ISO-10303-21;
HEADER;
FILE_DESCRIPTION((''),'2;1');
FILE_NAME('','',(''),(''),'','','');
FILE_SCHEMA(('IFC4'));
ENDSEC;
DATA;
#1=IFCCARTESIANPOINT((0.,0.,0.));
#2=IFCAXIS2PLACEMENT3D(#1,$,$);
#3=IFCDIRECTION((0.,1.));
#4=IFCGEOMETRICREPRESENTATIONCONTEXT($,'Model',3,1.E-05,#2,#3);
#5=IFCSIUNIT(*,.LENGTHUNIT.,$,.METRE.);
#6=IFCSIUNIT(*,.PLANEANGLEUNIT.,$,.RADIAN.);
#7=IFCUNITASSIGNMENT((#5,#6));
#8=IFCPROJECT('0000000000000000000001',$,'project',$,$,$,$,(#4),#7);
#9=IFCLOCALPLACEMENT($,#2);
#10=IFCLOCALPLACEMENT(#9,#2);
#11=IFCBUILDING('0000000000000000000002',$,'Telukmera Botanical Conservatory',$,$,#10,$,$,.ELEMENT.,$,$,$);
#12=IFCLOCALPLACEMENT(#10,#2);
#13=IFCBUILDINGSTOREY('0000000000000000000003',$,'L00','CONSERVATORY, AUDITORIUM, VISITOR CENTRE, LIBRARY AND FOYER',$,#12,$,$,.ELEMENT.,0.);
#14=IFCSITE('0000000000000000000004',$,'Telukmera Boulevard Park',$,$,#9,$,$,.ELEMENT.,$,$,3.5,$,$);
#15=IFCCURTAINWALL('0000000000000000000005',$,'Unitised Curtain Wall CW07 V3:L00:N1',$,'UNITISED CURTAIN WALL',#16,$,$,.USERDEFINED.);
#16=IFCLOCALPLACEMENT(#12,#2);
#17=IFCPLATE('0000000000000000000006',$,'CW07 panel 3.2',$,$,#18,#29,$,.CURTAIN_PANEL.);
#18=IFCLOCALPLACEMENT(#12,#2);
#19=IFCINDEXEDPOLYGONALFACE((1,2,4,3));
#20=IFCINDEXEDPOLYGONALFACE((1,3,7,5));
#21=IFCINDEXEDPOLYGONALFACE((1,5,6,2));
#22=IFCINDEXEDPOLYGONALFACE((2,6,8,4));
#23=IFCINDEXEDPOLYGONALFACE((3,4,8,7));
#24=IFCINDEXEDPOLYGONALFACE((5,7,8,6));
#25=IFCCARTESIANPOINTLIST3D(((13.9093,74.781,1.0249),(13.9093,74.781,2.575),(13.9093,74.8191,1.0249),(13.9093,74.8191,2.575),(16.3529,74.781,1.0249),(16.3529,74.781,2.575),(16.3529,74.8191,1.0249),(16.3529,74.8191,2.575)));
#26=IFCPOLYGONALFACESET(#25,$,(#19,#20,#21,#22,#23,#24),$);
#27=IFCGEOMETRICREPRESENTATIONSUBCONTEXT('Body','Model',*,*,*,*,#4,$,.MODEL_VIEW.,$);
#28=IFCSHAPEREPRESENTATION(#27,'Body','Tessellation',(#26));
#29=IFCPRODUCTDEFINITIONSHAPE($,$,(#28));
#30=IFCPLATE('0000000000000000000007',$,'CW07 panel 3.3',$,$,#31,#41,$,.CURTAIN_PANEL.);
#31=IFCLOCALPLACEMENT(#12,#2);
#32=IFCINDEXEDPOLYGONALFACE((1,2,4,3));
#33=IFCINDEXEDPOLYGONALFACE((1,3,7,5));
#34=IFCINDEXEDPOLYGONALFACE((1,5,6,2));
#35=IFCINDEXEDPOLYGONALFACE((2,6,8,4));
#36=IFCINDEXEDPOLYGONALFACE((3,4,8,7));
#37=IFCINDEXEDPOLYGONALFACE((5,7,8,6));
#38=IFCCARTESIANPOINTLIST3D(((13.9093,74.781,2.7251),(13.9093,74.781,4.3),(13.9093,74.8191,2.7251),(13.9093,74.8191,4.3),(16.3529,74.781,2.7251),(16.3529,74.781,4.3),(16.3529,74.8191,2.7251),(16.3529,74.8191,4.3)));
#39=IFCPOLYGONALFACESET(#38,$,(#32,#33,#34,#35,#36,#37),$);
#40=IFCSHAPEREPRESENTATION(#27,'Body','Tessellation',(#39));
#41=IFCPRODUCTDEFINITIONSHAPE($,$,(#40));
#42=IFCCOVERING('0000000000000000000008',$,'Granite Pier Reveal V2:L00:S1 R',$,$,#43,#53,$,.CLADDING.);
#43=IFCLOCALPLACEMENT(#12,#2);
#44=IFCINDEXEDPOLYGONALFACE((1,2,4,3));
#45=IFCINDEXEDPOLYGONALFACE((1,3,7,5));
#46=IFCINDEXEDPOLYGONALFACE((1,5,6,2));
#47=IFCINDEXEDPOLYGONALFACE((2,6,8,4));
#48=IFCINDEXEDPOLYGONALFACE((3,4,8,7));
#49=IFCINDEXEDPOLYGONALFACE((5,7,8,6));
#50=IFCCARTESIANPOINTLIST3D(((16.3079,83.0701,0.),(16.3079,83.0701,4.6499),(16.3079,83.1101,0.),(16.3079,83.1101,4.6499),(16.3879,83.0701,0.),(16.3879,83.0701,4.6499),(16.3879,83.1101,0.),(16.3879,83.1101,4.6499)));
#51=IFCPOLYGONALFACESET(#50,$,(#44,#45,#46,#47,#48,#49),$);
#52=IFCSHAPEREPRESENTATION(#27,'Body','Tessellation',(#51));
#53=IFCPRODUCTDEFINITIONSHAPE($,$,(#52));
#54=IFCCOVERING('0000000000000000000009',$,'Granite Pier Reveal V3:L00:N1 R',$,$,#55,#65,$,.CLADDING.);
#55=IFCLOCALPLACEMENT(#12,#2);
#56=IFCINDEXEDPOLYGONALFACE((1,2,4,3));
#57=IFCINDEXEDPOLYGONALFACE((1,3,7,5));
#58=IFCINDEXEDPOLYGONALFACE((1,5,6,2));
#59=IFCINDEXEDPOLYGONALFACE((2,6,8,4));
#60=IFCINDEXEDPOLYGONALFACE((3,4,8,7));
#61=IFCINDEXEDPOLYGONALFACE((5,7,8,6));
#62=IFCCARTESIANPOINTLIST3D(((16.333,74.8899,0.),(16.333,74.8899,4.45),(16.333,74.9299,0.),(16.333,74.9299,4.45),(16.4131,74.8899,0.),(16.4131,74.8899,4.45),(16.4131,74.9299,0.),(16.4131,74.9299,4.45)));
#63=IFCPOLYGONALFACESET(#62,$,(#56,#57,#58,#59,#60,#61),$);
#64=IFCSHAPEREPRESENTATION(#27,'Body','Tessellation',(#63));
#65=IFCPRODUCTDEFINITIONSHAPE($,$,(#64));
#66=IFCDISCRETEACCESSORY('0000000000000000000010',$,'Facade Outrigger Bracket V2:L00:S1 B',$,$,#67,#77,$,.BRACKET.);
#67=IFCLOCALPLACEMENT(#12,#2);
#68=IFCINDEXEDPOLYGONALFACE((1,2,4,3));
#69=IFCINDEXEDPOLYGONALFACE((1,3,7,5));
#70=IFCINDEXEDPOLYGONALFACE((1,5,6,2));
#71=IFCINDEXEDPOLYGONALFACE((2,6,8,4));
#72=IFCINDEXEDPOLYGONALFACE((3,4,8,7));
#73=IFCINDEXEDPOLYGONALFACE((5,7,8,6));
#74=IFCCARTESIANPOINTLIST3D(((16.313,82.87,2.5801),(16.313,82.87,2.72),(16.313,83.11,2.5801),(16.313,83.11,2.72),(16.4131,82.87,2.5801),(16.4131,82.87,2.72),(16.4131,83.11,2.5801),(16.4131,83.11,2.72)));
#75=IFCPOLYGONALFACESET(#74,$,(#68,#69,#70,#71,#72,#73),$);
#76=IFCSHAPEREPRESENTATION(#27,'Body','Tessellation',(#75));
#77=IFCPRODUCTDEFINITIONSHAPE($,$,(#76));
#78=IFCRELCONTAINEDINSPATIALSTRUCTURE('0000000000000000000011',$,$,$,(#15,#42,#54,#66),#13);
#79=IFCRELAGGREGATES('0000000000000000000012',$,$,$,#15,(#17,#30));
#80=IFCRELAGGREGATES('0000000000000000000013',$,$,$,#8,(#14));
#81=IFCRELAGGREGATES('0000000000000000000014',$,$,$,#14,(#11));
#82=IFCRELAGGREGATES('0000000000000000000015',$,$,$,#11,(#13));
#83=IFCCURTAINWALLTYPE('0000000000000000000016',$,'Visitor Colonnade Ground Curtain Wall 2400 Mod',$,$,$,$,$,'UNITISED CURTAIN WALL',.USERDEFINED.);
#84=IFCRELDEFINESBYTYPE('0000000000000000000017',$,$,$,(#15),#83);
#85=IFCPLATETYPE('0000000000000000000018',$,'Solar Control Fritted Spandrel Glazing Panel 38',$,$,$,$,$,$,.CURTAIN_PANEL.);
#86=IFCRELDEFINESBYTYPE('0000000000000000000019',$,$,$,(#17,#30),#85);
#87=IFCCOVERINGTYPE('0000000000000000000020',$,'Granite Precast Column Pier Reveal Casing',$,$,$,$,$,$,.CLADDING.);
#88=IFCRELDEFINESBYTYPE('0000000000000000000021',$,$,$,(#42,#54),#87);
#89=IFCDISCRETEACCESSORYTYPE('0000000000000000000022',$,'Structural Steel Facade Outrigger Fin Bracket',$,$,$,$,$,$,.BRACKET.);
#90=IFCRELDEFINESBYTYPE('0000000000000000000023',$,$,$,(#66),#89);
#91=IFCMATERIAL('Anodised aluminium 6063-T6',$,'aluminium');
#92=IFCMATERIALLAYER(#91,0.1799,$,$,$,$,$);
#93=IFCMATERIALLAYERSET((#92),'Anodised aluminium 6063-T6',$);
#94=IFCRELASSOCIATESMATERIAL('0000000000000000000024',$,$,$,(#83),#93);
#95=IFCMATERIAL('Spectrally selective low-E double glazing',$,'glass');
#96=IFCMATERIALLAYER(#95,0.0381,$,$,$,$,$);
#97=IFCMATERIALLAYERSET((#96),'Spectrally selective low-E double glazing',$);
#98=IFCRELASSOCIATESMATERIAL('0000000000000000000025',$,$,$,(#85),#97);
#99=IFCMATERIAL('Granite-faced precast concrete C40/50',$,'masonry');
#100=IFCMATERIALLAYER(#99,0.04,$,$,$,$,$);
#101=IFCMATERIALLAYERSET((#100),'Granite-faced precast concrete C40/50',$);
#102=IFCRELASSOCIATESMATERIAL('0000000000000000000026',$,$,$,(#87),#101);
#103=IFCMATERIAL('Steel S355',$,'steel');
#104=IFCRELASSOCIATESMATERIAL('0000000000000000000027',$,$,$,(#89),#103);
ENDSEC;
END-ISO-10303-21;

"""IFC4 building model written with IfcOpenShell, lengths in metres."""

from ifc_helpers import new_model, si_unit, direction, frame, origin, origin_2d, place, context, subcontext, project, spatial, rectangle, extrude, material, layer, layer_set, type_object, element, aggregate, save


model = new_model("IFC4")

# Units and contexts
model_context = context("Model", 3, precision=1e-05, world=origin(), true_north=direction((0.0, 1.0)))
body_context = subcontext(model_context, "Body", "Model", "MODEL_VIEW")
ifc_project = project(units=[si_unit("LENGTHUNIT", "METRE"), si_unit("PLANEANGLEUNIT", "RADIAN")], contexts=[model_context])

# Site, building, storey
site_placement = place(None, origin())
site = spatial("IfcSite", under=ifc_project, at=site_placement, Name="Telukmera Boulevard Park", CompositionType="ELEMENT", RefElevation=3.5)
building_placement = place(site_placement, origin())
building = spatial("IfcBuilding", under=site, at=building_placement, Name="Telukmera Botanical Conservatory", CompositionType="ELEMENT")
storey_placement = place(building_placement, origin())
storey = spatial("IfcBuildingStorey", under=building, at=storey_placement, Name="L00", Description="CONSERVATORY, AUDITORIUM, VISITOR CENTRE, LIBRARY AND FOYER", CompositionType="ELEMENT", Elevation=0.0)

# Curtain wall
ifc_material_1 = material(Name="Anodised aluminium 6063-T6", Category="aluminium")
ifc_layer_1 = layer(ifc_material_1, 0.1799)
ifc_layer_set_1 = layer_set([ifc_layer_1], Name="Anodised aluminium 6063-T6")
curtain_wall_type_1 = type_object("IfcCurtainWallType", Name="Visitor Colonnade Ground Curtain Wall 2400 Mod", ElementType="UNITISED CURTAIN WALL", PredefinedType="USERDEFINED", material=ifc_layer_set_1)
curtain_wall_1_placement = place(storey_placement, origin())
curtain_wall_1 = element("IfcCurtainWall", 1, at=curtain_wall_1_placement, inside=storey, type_object=curtain_wall_type_1, Name="Unitised Curtain Wall CW07 V3:L00:N1", ObjectType="UNITISED CURTAIN WALL", PredefinedType="USERDEFINED")

# Plates
ifc_material_2 = material(Name="Spectrally selective low-E double glazing", Category="glass")
ifc_layer_2 = layer(ifc_material_2, 0.0381)
ifc_layer_set_2 = layer_set([ifc_layer_2], Name="Spectrally selective low-E double glazing")
plate_type_1 = type_object("IfcPlateType", Name="Solar Control Fritted Spandrel Glazing Panel 38", PredefinedType="CURTAIN_PANEL", material=ifc_layer_set_2)
plate_1_placement = place(storey_placement, frame((15.1311, 74.8, 1.0249), z_axis=(0.0, 0.0, 1.0), x_axis=(1.0, 0.0, 0.0)))
plate_1 = element("IfcPlate", 2, at=plate_1_placement, type_object=plate_type_1, Name="CW07 panel 3.2", PredefinedType="CURTAIN_PANEL", context=body_context, shape_type="SweptSolid", body=[
    extrude(rectangle(XDim=2.4436, YDim=0.0381, at=origin_2d()), origin(), (0.0, 0.0, 1.0), 1.55),
])
plate_2_placement = place(storey_placement, frame((15.1311, 74.8, 2.7251), z_axis=(0.0, 0.0, 1.0), x_axis=(1.0, 0.0, 0.0)))
plate_2 = element("IfcPlate", 3, at=plate_2_placement, type_object=plate_type_1, Name="CW07 panel 3.3", PredefinedType="CURTAIN_PANEL", context=body_context, shape_type="SweptSolid", body=[
    extrude(rectangle(XDim=2.4436, YDim=0.0381, at=origin_2d()), origin(), (0.0, 0.0, 1.0), 1.575),
])
aggregate(curtain_wall_1, [plate_1, plate_2])

# Coverings
ifc_material_3 = material(Name="Granite-faced precast concrete C40/50", Category="masonry")
ifc_layer_3 = layer(ifc_material_3, 0.04)
ifc_layer_set_3 = layer_set([ifc_layer_3], Name="Granite-faced precast concrete C40/50")
covering_type = type_object("IfcCoveringType", Name="Granite Precast Column Pier Reveal Casing", PredefinedType="CLADDING", material=ifc_layer_set_3)
covering_1_placement = place(storey_placement, frame((16.3479, 83.0901, 0.0), z_axis=(0.0, 0.0, 1.0), x_axis=(1.0, 0.0, 0.0)))
element("IfcCovering", 4, at=covering_1_placement, inside=storey, type_object=covering_type, Name="Granite Pier Reveal V2:L00:S1 R", PredefinedType="CLADDING", context=body_context, shape_type="SweptSolid", body=[
    extrude(rectangle(XDim=0.0801, YDim=0.04, at=origin_2d()), origin(), (0.0, 0.0, 1.0), 4.6499),
])
covering_2_placement = place(storey_placement, frame((16.373, 74.9099, 0.0), z_axis=(0.0, 0.0, 1.0), x_axis=(1.0, 0.0, 0.0)))
element("IfcCovering", 5, at=covering_2_placement, inside=storey, type_object=covering_type, Name="Granite Pier Reveal V3:L00:N1 R", PredefinedType="CLADDING", context=body_context, shape_type="SweptSolid", body=[
    extrude(rectangle(XDim=0.0801, YDim=0.04, at=origin_2d()), origin(), (0.0, 0.0, 1.0), 4.45),
])

# Discrete accessory
ifc_material_4 = material(Name="Steel S355", Category="steel")
discrete_accessory_type = type_object("IfcDiscreteAccessoryType", Name="Structural Steel Facade Outrigger Fin Bracket", PredefinedType="BRACKET", material=ifc_material_4)
discrete_accessory_placement = place(storey_placement, frame((16.363, 82.99, 2.5801), z_axis=(0.0, 0.0, 1.0), x_axis=(1.0, 0.0, 0.0)))
element("IfcDiscreteAccessory", 6, at=discrete_accessory_placement, inside=storey, type_object=discrete_accessory_type, Name="Facade Outrigger Bracket V2:L00:S1 B", PredefinedType="BRACKET", context=body_context, shape_type="SweptSolid", body=[
    extrude(rectangle(XDim=0.1001, YDim=0.24, at=origin_2d()), origin(), (0.0, 0.0, 1.0), 0.1399),
])

save(model, "model.ifc")
